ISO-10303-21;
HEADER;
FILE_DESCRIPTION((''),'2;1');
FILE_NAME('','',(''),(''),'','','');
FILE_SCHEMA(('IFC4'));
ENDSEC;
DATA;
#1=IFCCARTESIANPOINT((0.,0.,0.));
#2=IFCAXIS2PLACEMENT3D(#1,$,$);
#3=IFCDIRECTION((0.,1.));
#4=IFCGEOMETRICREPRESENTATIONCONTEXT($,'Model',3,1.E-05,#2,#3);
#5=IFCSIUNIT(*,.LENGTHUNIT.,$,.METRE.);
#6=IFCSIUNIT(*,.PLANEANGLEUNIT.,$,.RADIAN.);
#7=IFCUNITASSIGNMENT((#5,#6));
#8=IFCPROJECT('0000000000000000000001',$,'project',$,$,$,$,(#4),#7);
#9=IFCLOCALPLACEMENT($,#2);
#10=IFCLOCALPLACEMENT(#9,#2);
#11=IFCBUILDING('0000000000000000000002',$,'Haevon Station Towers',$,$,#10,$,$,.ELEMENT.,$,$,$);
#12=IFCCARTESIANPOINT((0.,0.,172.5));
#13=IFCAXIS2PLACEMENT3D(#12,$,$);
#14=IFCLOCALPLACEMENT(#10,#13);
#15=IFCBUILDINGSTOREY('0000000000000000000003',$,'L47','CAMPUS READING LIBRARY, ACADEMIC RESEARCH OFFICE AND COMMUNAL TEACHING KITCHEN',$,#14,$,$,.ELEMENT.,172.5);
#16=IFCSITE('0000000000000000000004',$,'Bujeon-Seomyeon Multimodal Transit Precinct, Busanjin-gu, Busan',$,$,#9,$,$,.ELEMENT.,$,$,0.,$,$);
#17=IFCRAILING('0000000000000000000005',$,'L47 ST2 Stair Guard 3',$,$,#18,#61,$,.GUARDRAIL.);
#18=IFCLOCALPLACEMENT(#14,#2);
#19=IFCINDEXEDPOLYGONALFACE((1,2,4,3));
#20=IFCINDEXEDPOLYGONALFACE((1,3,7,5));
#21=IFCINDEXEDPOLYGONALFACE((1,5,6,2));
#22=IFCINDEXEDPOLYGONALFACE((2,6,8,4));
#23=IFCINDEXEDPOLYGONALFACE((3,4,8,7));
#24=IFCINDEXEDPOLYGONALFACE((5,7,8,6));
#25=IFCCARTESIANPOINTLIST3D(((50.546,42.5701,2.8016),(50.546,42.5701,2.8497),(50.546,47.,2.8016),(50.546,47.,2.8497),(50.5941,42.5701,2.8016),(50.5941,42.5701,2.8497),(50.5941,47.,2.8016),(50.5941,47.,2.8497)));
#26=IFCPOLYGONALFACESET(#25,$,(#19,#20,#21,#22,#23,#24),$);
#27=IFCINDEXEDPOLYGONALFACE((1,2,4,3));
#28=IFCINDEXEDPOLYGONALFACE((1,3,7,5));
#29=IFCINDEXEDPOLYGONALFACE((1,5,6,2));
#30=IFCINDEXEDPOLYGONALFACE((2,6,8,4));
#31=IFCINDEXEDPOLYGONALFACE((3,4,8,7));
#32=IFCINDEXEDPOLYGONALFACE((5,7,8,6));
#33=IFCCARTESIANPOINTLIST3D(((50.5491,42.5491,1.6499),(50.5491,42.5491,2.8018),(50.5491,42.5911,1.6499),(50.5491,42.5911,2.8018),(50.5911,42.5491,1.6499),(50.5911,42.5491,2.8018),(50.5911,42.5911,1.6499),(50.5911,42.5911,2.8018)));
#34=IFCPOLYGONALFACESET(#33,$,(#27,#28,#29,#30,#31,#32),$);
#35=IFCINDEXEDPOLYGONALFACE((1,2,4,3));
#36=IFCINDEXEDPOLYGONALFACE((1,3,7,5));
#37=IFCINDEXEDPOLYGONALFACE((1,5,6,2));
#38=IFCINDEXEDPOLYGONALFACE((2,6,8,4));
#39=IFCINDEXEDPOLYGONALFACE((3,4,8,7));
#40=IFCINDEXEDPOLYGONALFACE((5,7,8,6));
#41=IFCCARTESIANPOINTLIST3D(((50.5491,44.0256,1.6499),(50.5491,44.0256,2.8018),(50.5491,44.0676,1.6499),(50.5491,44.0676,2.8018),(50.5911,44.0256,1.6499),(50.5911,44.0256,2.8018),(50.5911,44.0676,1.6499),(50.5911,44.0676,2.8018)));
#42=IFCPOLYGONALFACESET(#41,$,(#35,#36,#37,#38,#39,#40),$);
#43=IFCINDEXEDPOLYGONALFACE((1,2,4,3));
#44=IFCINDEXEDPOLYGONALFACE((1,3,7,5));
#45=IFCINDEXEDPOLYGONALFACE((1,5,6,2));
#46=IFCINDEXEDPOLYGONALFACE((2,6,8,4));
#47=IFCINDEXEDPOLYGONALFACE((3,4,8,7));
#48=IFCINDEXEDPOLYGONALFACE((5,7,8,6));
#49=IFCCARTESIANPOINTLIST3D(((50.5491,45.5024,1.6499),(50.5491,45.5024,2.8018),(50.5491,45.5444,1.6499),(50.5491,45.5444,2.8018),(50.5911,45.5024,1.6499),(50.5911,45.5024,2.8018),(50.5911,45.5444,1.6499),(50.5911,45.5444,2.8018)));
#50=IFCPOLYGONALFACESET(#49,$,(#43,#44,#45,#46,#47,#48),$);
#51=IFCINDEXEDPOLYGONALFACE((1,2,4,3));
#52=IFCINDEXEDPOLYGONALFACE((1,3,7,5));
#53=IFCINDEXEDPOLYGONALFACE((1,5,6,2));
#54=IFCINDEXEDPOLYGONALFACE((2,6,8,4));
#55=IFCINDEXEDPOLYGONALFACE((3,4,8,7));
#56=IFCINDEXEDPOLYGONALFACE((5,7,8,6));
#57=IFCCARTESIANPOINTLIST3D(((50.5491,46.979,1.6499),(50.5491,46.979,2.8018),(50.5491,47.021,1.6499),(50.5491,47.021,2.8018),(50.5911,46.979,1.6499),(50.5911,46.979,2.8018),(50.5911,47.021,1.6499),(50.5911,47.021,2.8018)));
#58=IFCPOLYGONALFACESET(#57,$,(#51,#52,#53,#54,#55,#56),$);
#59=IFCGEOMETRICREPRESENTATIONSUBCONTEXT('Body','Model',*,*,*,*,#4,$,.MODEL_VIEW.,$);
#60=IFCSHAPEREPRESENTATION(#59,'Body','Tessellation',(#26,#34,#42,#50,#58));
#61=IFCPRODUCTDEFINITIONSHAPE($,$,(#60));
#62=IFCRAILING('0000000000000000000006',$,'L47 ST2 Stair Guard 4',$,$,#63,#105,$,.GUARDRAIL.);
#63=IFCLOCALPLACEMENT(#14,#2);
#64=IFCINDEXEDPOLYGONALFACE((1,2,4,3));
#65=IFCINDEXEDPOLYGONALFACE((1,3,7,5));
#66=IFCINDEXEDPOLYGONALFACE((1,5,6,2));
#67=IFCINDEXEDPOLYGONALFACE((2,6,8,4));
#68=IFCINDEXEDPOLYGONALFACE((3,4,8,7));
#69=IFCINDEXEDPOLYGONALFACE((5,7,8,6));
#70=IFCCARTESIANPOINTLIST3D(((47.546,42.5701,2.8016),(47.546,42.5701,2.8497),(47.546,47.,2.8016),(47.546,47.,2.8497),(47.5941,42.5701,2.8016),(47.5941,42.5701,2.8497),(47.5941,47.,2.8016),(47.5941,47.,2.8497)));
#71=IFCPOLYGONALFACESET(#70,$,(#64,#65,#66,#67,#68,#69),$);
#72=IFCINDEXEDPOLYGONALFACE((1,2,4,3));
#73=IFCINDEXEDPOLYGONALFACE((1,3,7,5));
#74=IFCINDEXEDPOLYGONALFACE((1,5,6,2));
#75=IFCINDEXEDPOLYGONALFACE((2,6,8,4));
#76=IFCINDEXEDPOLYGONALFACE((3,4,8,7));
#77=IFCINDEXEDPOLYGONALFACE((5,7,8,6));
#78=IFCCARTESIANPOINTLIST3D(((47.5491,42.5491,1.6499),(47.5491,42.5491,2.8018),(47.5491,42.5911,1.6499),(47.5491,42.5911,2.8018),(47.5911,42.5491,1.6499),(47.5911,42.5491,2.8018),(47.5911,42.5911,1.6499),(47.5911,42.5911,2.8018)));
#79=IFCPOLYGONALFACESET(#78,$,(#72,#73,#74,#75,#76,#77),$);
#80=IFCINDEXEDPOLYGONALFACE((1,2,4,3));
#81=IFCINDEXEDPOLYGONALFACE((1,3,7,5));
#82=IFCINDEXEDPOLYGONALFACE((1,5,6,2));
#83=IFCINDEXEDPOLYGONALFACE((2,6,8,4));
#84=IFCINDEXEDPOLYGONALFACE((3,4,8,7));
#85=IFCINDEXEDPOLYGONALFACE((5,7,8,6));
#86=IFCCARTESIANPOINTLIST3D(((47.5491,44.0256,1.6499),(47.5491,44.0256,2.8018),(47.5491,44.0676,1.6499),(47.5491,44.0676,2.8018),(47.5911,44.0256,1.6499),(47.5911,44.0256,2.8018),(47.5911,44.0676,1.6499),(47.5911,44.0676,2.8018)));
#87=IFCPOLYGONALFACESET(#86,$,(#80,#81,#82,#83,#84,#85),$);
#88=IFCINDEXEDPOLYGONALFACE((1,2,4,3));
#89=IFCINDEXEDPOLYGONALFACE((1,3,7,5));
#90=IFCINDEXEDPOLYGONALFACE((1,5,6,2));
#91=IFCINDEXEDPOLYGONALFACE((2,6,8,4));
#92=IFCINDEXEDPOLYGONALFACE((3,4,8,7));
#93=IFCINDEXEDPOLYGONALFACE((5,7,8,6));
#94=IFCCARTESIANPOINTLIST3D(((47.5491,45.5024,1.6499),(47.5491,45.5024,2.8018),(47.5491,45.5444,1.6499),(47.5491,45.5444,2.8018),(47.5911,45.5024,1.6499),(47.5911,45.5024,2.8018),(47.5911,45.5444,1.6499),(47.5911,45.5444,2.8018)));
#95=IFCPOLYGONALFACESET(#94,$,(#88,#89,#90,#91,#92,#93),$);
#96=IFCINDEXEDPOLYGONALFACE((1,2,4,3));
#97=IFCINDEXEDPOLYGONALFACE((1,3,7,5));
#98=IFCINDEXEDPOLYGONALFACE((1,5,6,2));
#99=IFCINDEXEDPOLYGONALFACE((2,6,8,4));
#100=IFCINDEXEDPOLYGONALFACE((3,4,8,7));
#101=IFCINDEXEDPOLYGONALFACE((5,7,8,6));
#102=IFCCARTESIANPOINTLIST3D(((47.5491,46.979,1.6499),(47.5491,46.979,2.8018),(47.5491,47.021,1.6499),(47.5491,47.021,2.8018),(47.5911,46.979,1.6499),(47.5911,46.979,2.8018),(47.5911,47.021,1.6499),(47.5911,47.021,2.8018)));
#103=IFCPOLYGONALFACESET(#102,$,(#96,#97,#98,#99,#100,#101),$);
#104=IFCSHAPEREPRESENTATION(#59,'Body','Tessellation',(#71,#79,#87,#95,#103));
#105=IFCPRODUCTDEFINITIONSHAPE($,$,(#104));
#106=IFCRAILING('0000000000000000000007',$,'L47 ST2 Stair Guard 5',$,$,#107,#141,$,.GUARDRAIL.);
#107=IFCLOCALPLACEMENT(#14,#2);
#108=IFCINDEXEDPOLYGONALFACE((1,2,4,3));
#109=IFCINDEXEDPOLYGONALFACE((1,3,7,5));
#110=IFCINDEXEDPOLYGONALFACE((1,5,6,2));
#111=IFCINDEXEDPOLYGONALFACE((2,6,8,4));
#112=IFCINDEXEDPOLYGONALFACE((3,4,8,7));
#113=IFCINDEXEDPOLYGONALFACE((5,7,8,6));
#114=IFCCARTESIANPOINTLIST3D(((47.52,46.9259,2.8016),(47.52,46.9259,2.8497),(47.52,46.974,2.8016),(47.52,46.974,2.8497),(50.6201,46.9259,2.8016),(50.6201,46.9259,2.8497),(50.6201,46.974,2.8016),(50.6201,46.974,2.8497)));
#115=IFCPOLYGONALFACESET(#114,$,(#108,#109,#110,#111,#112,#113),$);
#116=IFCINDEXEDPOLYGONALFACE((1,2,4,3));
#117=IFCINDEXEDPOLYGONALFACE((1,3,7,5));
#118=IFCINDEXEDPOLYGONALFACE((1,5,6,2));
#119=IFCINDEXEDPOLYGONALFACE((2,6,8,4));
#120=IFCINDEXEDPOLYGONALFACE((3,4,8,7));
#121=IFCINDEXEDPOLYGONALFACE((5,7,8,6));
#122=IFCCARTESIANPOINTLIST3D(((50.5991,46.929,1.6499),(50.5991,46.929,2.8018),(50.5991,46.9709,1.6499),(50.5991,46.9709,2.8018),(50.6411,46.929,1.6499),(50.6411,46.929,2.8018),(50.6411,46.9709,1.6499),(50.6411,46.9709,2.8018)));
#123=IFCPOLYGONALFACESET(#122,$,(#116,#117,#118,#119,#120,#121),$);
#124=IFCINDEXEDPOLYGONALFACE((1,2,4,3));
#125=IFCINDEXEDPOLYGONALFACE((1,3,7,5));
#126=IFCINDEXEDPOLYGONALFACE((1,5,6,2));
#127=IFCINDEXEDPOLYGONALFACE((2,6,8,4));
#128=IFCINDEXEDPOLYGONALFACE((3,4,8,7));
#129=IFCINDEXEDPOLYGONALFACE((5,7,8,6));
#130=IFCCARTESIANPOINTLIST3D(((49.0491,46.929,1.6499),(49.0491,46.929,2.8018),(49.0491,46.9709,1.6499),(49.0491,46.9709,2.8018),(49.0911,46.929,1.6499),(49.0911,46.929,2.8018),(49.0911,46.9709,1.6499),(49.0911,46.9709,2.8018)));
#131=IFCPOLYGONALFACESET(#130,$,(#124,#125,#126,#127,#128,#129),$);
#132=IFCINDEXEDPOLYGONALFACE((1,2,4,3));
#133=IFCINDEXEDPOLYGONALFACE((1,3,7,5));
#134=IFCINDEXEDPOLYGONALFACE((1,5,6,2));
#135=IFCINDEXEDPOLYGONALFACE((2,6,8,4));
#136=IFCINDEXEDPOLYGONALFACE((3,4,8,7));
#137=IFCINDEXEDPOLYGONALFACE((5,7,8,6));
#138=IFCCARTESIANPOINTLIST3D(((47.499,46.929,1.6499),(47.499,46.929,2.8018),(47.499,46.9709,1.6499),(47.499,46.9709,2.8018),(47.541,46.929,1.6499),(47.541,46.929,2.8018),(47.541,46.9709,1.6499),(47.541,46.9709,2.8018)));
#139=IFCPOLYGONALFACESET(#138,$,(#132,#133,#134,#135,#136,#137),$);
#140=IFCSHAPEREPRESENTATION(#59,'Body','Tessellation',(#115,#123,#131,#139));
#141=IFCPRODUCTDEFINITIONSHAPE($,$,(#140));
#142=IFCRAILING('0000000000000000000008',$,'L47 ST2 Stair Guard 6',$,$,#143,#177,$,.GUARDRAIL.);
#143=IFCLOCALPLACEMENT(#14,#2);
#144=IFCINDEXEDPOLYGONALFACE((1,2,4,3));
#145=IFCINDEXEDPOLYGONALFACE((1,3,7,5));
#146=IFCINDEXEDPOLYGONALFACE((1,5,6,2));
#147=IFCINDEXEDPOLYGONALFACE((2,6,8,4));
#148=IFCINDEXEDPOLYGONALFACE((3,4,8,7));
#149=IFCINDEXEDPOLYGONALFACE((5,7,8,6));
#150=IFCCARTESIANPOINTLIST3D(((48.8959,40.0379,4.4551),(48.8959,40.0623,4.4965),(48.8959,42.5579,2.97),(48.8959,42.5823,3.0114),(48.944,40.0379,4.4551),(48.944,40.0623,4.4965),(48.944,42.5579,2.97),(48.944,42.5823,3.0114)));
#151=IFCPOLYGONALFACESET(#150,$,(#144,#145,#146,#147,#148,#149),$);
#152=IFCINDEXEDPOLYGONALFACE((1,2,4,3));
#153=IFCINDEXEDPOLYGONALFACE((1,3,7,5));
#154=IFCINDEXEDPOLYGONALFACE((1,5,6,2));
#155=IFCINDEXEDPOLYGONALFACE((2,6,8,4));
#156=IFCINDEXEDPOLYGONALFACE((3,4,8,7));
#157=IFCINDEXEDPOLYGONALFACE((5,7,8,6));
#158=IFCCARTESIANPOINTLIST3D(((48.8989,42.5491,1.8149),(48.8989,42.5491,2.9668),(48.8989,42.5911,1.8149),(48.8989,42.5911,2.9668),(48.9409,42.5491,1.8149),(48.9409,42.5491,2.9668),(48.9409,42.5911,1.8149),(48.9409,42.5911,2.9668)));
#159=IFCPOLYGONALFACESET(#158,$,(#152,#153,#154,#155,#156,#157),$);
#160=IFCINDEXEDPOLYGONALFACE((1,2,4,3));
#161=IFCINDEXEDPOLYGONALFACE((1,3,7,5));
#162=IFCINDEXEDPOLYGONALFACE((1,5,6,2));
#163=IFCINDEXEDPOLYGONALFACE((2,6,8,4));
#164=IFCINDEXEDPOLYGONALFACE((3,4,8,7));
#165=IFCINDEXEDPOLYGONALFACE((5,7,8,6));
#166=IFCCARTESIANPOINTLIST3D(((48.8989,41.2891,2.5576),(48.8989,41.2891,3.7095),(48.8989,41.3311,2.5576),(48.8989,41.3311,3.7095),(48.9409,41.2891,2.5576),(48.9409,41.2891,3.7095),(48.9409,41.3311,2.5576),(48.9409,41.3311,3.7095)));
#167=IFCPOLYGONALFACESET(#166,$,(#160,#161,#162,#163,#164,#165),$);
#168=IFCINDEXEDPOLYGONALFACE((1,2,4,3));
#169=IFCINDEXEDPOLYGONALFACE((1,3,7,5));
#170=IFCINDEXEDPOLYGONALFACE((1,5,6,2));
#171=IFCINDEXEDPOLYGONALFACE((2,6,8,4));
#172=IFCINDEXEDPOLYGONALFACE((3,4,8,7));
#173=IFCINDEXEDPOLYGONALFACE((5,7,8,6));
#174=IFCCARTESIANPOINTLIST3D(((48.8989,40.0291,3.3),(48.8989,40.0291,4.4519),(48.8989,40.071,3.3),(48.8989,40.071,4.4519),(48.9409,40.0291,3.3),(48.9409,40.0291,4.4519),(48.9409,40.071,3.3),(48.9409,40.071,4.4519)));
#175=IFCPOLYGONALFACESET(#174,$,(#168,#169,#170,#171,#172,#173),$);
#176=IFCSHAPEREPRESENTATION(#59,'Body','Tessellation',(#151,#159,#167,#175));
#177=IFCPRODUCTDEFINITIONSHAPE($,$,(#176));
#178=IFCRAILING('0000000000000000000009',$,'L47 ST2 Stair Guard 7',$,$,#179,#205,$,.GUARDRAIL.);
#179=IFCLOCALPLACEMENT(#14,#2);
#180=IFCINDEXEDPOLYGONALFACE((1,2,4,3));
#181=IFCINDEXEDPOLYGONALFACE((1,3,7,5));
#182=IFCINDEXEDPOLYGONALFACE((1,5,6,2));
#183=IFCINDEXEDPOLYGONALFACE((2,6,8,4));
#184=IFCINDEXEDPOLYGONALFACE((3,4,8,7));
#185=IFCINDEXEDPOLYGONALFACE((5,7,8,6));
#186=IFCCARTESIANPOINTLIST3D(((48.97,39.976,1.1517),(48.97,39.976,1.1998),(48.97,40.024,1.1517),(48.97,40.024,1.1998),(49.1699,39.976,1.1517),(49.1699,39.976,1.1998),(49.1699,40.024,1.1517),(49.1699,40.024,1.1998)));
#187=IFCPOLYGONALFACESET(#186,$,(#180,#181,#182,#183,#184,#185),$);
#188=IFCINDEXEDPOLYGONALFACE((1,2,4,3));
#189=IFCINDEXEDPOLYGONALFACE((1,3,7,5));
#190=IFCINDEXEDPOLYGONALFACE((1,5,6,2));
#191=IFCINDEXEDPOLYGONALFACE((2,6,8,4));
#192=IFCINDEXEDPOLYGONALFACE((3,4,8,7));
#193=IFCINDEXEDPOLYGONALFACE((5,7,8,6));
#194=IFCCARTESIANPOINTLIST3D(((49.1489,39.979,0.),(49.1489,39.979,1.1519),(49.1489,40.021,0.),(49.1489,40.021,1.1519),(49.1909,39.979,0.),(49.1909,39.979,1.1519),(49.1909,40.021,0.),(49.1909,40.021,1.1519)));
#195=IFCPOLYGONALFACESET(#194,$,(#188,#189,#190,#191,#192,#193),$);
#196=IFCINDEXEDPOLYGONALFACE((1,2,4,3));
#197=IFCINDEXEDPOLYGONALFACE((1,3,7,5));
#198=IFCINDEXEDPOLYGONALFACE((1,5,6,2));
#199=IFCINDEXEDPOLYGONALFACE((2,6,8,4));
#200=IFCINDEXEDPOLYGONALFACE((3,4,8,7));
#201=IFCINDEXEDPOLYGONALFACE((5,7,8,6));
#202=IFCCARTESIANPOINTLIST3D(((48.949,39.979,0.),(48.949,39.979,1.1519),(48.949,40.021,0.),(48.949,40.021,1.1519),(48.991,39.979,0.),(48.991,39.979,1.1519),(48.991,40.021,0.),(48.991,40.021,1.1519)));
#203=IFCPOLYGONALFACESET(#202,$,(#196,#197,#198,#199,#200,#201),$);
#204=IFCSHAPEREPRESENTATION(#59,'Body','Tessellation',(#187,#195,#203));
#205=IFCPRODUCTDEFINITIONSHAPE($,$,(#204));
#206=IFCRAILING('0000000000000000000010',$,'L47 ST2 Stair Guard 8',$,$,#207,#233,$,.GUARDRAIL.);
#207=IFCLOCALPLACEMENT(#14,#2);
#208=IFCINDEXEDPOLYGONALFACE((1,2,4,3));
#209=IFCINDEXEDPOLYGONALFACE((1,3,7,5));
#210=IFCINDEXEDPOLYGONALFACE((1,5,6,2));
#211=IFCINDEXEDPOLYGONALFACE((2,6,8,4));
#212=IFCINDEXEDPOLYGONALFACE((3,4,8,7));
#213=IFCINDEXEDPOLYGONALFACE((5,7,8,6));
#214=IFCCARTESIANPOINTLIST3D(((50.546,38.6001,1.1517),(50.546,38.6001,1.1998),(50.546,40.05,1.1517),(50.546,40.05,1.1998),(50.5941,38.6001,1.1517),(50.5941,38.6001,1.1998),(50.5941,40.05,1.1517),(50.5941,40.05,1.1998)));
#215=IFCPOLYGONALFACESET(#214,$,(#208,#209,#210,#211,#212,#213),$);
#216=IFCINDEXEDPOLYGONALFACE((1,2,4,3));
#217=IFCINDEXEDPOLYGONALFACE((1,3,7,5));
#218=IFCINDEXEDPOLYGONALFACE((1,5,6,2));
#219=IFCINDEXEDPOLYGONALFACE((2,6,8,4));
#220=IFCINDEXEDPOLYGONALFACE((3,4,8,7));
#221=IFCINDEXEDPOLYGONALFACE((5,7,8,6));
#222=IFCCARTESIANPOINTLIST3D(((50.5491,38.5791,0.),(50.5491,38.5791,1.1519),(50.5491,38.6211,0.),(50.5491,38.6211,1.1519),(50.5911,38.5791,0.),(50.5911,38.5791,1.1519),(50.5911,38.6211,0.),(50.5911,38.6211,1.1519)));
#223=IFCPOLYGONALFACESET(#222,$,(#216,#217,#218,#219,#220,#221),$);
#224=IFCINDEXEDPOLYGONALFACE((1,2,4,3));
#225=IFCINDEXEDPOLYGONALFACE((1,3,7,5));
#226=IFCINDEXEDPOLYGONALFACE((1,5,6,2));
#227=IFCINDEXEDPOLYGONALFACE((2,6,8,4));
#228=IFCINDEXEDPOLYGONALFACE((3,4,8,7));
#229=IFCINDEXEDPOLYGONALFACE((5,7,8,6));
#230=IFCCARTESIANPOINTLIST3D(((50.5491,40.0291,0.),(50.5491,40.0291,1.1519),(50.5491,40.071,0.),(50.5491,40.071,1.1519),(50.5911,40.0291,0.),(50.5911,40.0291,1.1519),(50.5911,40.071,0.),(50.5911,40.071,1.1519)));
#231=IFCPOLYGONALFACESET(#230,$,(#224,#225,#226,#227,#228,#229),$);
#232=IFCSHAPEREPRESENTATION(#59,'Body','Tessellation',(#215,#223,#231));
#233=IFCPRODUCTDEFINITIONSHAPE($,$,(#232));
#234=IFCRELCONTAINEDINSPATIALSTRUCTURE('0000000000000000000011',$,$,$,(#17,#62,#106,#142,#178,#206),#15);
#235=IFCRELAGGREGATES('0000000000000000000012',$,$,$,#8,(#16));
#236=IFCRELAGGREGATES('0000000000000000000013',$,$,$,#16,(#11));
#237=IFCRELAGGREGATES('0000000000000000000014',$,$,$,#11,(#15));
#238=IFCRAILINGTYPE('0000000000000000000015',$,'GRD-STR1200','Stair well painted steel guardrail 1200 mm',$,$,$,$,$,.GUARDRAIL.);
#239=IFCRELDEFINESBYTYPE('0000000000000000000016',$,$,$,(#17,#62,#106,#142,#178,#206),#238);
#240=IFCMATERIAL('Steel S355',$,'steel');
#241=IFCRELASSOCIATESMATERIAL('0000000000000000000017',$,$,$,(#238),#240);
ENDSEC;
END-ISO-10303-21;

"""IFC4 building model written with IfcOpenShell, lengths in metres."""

from ifc_helpers import new_model, si_unit, direction, frame, origin, origin_2d, place, context, subcontext, project, spatial, rectangle, extrude, material, type_object, element, save


model = new_model("IFC4")

# Units and contexts
model_context = context("Model", 3, precision=1e-05, world=origin(), true_north=direction((0.0, 1.0)))
body_context = subcontext(model_context, "Body", "Model", "MODEL_VIEW")
ifc_project = project(units=[si_unit("LENGTHUNIT", "METRE"), si_unit("PLANEANGLEUNIT", "RADIAN")], contexts=[model_context])

# Site, building, storey
site_placement = place(None, origin())
site = spatial("IfcSite", under=ifc_project, at=site_placement, Name="Bujeon-Seomyeon Multimodal Transit Precinct, Busanjin-gu, Busan", CompositionType="ELEMENT", RefElevation=0.0)
building_placement = place(site_placement, origin())
building = spatial("IfcBuilding", under=site, at=building_placement, Name="Haevon Station Towers", CompositionType="ELEMENT")
storey_placement = place(building_placement, frame((0.0, 0.0, 172.5)))
storey = spatial("IfcBuildingStorey", under=building, at=storey_placement, Name="L47", Description="CAMPUS READING LIBRARY, ACADEMIC RESEARCH OFFICE AND COMMUNAL TEACHING KITCHEN", CompositionType="ELEMENT", Elevation=172.5)

# Shared definitions
ifc_material_1 = material(Name="Steel S355", Category="steel")

# Railings
railing_type_1 = type_object("IfcRailingType", Name="GRD-STR1200", Description="Stair well painted steel guardrail 1200 mm", PredefinedType="GUARDRAIL", material=ifc_material_1)
for number, where, name in (
    (1, (50.5701, 42.5701, 1.6499), "L47 ST2 Stair Guard 3"),
    (2, (47.5701, 42.5701, 1.6499), "L47 ST2 Stair Guard 4"),
):
    element("IfcRailing", number, at=place(storey_placement, frame(where)), inside=storey, type_object=railing_type_1, Name=name, PredefinedType="GUARDRAIL", context=body_context, shape_type="SweptSolid", body=[
        extrude(rectangle(XDim=0.0481, YDim=0.0481, at=origin_2d()), frame((0.0, 0.0, 1.1758), z_axis=(0.0, 1.0, 0.0), x_axis=(-1.0, 0.0, 0.0)), (0.0, 0.0, 1.0), 4.4299),
        extrude(rectangle(XDim=0.042, YDim=0.042, at=origin_2d()), origin(), (0.0, 0.0, 1.0), 1.1519),
        extrude(rectangle(XDim=0.042, YDim=0.042, at=origin_2d()), frame((0.0, 1.4766, 0.0)), (0.0, 0.0, 1.0), 1.1519),
        extrude(rectangle(XDim=0.042, YDim=0.042, at=origin_2d()), frame((0.0, 2.9534, 0.0)), (0.0, 0.0, 1.0), 1.1519),
        extrude(rectangle(XDim=0.042, YDim=0.042, at=origin_2d()), frame((0.0, 4.4299, 0.0)), (0.0, 0.0, 1.0), 1.1519),
    ])
railing_1_placement = place(storey_placement, frame((50.6201, 46.95, 1.6499)))
element("IfcRailing", 3, at=railing_1_placement, inside=storey, type_object=railing_type_1, Name="L47 ST2 Stair Guard 5", PredefinedType="GUARDRAIL", context=body_context, shape_type="SweptSolid", body=[
    extrude(rectangle(XDim=0.0481, YDim=0.0481, at=origin_2d()), frame((0.0, 0.0, 1.1758), z_axis=(-1.0, 0.0, 0.0), x_axis=(0.0, -1.0, 0.0)), (0.0, 0.0, 1.0), 3.1001),
    extrude(rectangle(XDim=0.042, YDim=0.042, at=origin_2d()), origin(), (0.0, 0.0, 1.0), 1.1519),
    extrude(rectangle(XDim=0.042, YDim=0.042, at=origin_2d()), frame((-1.55, 0.0, 0.0)), (0.0, 0.0, 1.0), 1.1519),
    extrude(rectangle(XDim=0.042, YDim=0.042, at=origin_2d()), frame((-3.1001, 0.0, 0.0)), (0.0, 0.0, 1.0), 1.1519),
])
railing_2_placement = place(storey_placement, frame((48.9199, 42.5701, 1.8149)))
element("IfcRailing", 4, at=railing_2_placement, inside=storey, type_object=railing_type_1, Name="L47 ST2 Stair Guard 6", PredefinedType="GUARDRAIL", context=body_context, shape_type="SweptSolid", body=[
    extrude(rectangle(XDim=0.0481, YDim=0.0481, at=origin_2d()), frame((0.0, 0.0, 1.1758), z_axis=(0.0, -0.861524, 0.507717), x_axis=(1.0, 0.0, 0.0)), (0.0, 0.0, 1.0), 2.925),
    extrude(rectangle(XDim=0.042, YDim=0.042, at=origin_2d()), origin(), (0.0, 0.0, 1.0), 1.1519),
    extrude(rectangle(XDim=0.042, YDim=0.042, at=origin_2d()), frame((0.0, -1.26, 0.7427)), (0.0, 0.0, 1.0), 1.1519),
    extrude(rectangle(XDim=0.042, YDim=0.042, at=origin_2d()), frame((0.0, -2.52, 1.4851)), (0.0, 0.0, 1.0), 1.1519),
])
railing_3_placement = place(storey_placement, frame((49.1699, 40.0, 0.0)))
element("IfcRailing", 5, at=railing_3_placement, inside=storey, type_object=railing_type_1, Name="L47 ST2 Stair Guard 7", PredefinedType="GUARDRAIL", context=body_context, shape_type="SweptSolid", body=[
    extrude(rectangle(XDim=0.0481, YDim=0.0481, at=origin_2d()), frame((0.0, 0.0, 1.1758), z_axis=(-1.0, 0.0, 0.0), x_axis=(0.0, -1.0, 0.0)), (0.0, 0.0, 1.0), 0.2),
    extrude(rectangle(XDim=0.042, YDim=0.042, at=origin_2d()), origin(), (0.0, 0.0, 1.0), 1.1519),
    extrude(rectangle(XDim=0.042, YDim=0.042, at=origin_2d()), frame((-0.2, 0.0, 0.0)), (0.0, 0.0, 1.0), 1.1519),
])
for number, where, name in (
    (6, (50.5701, 38.6001, 0.0), "L47 ST2 Stair Guard 8"),
):
    element("IfcRailing", number, at=place(storey_placement, frame(where)), inside=storey, type_object=railing_type_1, Name=name, PredefinedType="GUARDRAIL", context=body_context, shape_type="SweptSolid", body=[
        extrude(rectangle(XDim=0.0481, YDim=0.0481, at=origin_2d()), frame((0.0, 0.0, 1.1758), z_axis=(0.0, 1.0, 0.0), x_axis=(-1.0, 0.0, 0.0)), (0.0, 0.0, 1.0), 1.45),
        extrude(rectangle(XDim=0.042, YDim=0.042, at=origin_2d()), origin(), (0.0, 0.0, 1.0), 1.1519),
        extrude(rectangle(XDim=0.042, YDim=0.042, at=origin_2d()), frame((0.0, 1.45, 0.0)), (0.0, 0.0, 1.0), 1.1519),
    ])

save(model, "model.ifc")
